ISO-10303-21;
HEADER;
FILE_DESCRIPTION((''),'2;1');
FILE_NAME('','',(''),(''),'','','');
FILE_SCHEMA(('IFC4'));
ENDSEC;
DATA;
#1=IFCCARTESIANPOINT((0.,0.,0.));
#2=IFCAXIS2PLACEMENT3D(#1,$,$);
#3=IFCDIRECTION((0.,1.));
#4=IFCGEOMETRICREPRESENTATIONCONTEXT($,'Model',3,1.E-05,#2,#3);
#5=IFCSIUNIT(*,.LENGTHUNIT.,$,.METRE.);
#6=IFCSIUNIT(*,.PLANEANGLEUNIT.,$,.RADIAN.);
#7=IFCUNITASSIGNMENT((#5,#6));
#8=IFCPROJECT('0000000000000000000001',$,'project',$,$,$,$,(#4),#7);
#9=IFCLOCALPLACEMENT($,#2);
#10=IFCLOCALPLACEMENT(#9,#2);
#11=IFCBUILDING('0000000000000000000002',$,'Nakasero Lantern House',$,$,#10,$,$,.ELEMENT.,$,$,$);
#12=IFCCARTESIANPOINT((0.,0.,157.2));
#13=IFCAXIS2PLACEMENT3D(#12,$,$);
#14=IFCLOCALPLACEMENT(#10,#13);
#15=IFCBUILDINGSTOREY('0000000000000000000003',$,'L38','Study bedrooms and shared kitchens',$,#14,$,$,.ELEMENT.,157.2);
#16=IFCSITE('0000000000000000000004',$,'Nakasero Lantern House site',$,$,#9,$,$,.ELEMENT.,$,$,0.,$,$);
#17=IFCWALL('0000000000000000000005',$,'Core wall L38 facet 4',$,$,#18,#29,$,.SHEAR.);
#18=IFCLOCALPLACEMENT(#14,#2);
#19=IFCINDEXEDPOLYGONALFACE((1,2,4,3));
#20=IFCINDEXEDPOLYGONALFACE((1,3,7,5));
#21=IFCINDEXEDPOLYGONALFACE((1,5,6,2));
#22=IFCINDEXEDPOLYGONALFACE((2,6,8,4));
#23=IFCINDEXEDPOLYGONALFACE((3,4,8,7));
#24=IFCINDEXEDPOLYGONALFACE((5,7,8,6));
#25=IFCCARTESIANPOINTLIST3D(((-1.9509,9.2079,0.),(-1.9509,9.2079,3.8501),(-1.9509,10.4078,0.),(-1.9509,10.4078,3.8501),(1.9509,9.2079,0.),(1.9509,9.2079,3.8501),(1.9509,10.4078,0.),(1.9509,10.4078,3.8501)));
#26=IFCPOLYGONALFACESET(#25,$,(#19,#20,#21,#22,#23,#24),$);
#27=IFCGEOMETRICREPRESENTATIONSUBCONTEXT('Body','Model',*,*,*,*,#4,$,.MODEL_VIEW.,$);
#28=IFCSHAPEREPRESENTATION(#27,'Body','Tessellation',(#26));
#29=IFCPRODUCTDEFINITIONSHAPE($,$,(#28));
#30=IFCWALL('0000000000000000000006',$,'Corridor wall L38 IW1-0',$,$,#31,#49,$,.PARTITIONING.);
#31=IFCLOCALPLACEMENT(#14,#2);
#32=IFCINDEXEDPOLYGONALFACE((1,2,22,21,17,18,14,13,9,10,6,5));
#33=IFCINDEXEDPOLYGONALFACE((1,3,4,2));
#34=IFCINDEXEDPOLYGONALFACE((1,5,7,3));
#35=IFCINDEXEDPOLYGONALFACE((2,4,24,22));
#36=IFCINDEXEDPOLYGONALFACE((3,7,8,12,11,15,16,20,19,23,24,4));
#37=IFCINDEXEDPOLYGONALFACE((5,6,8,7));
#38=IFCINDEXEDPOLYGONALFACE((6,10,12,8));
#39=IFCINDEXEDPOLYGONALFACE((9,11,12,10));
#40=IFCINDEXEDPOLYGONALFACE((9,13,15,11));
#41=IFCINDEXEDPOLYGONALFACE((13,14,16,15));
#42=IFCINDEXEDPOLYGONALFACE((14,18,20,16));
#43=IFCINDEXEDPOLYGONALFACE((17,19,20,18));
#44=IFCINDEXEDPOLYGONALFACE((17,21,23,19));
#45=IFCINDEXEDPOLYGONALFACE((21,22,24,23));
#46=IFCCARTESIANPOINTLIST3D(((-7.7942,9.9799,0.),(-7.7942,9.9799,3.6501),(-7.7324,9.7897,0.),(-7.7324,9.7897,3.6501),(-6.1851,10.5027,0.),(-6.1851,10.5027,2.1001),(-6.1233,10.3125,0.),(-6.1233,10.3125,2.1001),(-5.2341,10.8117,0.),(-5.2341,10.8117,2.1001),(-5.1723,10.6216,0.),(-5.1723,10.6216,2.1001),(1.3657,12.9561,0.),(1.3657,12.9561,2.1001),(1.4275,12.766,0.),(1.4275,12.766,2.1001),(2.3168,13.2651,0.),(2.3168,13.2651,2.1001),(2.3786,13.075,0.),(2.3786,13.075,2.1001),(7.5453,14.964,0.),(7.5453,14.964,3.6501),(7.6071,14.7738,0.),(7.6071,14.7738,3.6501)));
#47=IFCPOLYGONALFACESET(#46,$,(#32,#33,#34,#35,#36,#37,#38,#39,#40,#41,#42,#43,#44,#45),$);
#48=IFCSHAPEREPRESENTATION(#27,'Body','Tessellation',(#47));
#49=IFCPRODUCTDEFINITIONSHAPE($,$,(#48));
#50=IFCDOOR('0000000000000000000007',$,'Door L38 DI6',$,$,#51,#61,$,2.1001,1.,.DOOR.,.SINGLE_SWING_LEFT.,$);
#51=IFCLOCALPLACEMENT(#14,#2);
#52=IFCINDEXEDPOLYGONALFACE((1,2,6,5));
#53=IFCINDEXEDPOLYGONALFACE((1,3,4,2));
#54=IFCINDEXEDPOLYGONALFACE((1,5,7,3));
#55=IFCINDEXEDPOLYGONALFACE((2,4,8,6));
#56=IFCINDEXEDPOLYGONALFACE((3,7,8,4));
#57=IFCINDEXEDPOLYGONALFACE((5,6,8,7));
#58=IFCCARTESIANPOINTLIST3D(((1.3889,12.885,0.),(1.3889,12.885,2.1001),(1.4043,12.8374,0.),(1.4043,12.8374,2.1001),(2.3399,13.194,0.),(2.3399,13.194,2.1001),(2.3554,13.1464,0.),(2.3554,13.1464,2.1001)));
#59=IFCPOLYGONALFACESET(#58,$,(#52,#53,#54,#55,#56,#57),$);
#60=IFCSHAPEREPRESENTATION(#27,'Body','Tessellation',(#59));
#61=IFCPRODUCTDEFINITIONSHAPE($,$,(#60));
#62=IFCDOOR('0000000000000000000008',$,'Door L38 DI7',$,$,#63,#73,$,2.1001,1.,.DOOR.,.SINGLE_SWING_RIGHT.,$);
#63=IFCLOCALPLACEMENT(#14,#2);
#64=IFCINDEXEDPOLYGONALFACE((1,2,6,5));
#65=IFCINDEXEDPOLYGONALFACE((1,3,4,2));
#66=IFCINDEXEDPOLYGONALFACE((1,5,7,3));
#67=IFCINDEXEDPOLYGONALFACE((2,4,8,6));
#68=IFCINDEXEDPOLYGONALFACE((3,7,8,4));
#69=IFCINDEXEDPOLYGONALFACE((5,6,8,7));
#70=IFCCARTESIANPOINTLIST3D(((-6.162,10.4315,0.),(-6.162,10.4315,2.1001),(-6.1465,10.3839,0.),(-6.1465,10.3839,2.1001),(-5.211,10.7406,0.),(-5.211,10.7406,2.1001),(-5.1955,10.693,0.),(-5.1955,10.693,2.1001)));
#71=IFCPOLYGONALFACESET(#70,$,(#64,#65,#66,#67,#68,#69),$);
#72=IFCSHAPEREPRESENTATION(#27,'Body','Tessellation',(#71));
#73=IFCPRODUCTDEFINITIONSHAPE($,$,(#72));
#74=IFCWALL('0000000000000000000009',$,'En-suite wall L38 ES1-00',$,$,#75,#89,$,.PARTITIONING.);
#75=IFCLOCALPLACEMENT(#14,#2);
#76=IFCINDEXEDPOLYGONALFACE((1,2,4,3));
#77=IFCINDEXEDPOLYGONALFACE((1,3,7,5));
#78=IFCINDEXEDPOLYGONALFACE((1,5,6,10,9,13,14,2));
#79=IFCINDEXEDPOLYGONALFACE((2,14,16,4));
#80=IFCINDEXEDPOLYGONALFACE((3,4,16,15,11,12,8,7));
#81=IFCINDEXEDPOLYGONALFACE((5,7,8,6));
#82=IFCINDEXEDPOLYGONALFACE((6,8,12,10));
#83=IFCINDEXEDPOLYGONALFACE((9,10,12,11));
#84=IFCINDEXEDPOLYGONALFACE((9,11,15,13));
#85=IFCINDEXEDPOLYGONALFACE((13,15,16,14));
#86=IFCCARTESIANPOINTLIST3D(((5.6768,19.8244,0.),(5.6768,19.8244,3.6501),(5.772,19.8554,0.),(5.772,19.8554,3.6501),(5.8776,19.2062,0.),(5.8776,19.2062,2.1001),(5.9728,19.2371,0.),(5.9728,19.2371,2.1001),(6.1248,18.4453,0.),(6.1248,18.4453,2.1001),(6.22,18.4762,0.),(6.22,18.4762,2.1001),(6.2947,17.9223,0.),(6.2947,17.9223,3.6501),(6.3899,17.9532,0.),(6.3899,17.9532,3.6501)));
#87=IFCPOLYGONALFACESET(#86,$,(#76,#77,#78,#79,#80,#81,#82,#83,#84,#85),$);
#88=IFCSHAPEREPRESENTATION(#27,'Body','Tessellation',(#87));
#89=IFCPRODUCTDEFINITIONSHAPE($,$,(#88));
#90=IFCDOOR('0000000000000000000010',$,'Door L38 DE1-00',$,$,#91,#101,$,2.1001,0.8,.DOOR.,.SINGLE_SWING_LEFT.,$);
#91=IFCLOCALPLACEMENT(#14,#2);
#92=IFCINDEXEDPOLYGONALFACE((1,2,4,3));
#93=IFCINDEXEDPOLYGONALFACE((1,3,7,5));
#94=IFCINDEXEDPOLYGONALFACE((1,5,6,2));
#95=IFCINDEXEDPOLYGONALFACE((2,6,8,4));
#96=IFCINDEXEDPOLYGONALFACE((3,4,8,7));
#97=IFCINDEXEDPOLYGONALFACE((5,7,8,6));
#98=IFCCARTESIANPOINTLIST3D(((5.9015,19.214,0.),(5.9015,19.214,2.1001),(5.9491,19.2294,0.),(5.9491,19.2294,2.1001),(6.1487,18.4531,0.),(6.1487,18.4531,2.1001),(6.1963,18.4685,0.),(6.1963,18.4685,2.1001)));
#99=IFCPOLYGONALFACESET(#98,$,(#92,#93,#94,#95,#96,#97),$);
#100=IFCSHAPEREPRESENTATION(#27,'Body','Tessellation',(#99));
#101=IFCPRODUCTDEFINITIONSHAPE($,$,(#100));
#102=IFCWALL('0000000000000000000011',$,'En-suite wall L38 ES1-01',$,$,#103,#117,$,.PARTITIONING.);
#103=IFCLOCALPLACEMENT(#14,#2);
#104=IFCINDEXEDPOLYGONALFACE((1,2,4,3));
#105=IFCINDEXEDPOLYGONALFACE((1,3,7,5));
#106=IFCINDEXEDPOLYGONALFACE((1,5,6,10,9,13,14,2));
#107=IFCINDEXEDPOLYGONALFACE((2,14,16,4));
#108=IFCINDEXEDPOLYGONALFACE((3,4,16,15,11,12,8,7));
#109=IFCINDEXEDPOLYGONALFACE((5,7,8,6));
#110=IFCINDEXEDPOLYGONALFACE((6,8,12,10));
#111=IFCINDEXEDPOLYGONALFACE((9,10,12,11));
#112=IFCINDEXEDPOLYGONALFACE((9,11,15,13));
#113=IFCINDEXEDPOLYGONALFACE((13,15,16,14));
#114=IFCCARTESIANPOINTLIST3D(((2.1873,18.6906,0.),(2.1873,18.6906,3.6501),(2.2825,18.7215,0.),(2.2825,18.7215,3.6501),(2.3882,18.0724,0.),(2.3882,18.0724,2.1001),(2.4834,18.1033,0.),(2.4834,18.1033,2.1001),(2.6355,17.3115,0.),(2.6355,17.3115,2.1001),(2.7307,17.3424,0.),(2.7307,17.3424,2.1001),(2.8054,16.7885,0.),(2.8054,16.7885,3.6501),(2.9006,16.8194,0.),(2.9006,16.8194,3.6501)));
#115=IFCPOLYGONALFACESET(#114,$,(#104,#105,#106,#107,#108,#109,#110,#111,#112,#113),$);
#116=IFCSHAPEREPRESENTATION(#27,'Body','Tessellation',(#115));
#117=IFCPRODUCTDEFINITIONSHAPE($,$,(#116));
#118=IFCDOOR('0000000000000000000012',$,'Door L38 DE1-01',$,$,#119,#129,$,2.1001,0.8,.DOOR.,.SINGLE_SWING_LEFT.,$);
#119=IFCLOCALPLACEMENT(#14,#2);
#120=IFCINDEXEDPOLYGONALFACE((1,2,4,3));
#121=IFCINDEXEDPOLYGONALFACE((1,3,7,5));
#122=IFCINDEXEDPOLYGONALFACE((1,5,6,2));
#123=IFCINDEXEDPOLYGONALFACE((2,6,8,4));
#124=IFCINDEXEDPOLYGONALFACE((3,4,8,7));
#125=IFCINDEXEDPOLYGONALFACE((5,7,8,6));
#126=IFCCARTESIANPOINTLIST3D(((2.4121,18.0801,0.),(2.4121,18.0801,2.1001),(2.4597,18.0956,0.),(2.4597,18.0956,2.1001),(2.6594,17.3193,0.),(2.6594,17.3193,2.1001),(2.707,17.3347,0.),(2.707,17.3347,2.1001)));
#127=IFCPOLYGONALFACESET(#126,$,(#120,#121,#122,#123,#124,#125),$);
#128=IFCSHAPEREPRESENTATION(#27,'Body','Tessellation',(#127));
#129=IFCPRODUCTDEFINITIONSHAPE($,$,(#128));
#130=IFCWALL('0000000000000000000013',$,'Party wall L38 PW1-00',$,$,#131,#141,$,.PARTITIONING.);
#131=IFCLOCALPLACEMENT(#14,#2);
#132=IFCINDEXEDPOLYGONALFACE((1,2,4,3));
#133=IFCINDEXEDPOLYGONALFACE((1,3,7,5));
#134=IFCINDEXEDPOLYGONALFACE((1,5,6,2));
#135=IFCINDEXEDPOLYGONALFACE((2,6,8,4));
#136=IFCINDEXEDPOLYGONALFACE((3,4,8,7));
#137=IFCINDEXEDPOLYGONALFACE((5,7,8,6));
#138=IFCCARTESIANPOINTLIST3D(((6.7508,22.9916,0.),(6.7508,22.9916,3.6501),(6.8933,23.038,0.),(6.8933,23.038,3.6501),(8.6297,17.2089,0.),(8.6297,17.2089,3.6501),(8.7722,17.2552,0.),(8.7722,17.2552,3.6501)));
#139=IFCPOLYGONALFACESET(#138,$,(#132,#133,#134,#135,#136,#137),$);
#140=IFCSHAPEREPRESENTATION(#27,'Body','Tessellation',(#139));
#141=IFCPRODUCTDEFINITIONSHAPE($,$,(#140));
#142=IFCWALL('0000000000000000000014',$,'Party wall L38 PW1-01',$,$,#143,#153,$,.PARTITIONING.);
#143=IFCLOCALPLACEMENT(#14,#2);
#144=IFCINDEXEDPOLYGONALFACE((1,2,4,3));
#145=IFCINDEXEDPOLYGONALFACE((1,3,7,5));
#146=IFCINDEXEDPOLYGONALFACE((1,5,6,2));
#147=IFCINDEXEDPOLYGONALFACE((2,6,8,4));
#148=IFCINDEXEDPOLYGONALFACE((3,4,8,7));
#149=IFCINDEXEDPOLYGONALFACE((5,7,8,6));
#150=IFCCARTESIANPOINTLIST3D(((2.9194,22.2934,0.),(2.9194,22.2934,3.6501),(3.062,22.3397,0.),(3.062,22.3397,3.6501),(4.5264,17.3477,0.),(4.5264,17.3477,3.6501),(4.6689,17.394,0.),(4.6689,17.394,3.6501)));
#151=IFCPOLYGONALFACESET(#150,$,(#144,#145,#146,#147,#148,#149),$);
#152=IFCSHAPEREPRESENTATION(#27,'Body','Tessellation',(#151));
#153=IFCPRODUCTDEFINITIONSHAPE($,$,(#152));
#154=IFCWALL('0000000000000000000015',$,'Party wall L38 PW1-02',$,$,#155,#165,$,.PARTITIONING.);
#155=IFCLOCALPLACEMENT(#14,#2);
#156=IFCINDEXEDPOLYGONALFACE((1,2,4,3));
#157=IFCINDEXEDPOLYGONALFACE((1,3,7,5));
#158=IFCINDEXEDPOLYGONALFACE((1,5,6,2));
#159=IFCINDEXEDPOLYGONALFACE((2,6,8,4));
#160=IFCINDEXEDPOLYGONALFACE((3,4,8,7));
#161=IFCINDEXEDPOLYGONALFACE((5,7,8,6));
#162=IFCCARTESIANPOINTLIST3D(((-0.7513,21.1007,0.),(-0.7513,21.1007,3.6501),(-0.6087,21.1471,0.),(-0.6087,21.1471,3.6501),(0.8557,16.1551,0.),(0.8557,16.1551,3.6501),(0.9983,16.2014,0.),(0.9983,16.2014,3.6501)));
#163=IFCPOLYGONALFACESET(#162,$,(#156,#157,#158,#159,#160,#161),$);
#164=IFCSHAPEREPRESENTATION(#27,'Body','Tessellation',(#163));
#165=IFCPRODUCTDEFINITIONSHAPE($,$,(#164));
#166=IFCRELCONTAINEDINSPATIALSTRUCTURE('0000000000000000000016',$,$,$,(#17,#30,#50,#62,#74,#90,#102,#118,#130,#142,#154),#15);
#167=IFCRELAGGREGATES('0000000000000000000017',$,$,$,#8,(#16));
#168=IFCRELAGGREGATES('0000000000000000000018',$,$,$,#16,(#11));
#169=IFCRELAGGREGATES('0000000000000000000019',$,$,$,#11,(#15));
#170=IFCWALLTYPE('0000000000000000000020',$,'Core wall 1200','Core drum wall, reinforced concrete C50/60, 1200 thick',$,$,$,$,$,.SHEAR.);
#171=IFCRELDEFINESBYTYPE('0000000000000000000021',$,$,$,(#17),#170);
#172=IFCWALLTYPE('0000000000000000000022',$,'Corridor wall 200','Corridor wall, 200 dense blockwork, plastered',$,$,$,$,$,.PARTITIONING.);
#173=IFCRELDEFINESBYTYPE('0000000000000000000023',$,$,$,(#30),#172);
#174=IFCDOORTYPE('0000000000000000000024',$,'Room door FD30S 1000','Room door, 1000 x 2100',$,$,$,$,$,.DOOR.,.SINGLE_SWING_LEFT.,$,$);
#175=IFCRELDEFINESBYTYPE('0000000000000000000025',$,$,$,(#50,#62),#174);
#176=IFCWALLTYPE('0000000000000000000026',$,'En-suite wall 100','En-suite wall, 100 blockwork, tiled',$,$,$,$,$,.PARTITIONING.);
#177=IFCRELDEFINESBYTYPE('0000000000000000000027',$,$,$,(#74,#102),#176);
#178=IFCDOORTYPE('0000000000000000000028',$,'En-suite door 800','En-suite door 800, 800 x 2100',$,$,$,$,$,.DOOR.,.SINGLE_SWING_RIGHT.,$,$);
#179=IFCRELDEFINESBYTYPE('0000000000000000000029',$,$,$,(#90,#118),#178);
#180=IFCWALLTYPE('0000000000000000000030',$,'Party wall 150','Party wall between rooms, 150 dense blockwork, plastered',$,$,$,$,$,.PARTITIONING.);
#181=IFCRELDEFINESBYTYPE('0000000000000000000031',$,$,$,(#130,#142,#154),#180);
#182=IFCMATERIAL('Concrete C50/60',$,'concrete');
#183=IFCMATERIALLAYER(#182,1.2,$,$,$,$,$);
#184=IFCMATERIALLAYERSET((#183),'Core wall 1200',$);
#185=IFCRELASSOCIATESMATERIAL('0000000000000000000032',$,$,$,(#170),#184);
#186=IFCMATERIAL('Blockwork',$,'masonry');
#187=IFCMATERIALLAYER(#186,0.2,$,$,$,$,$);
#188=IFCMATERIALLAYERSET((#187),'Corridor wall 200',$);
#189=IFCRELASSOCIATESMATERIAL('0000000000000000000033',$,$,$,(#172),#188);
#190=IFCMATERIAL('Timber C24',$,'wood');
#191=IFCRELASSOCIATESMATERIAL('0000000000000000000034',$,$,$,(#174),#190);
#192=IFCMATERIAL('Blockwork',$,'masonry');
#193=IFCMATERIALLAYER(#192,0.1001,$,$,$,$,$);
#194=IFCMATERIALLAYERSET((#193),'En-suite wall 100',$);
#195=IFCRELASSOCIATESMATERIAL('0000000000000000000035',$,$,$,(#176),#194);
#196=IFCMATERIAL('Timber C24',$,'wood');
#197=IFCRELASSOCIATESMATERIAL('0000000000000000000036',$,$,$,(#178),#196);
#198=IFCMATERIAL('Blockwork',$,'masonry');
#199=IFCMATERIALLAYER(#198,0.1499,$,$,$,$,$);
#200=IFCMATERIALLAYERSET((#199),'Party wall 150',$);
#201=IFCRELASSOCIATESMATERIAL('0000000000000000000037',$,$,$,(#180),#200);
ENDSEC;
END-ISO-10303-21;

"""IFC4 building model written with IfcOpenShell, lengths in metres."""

from ifc_helpers import new_model, si_unit, direction, frame, frame_2d, origin, place, context, subcontext, project, spatial, rectangle, extrude, material, layer, layer_set, type_object, element, fill, save


model = new_model("IFC4")

# Units and contexts
model_context = context("Model", 3, precision=1e-05, world=origin(), true_north=direction((0.0, 1.0)))
body_context = subcontext(model_context, "Body", "Model", "MODEL_VIEW")
ifc_project = project(units=[si_unit("LENGTHUNIT", "METRE"), si_unit("PLANEANGLEUNIT", "RADIAN")], contexts=[model_context])

# Site, building, storey
site_placement = place(None, origin())
site = spatial("IfcSite", under=ifc_project, at=site_placement, Name="Nakasero Lantern House site", CompositionType="ELEMENT", RefElevation=0.0)
building_placement = place(site_placement, origin())
building = spatial("IfcBuilding", under=site, at=building_placement, Name="Nakasero Lantern House", CompositionType="ELEMENT")
storey_placement = place(building_placement, frame((0.0, 0.0, 157.2)))
storey = spatial("IfcBuildingStorey", under=building, at=storey_placement, Name="L38", Description="Study bedrooms and shared kitchens", CompositionType="ELEMENT", Elevation=157.2)

# Wall
ifc_material_1 = material(Name="Concrete C50/60", Category="concrete")
ifc_layer_1 = layer(ifc_material_1, 1.2)
ifc_layer_set_1 = layer_set([ifc_layer_1], Name="Core wall 1200")
wall_type_1 = type_object("IfcWallType", Name="Core wall 1200", Description="Core drum wall, reinforced concrete C50/60, 1200 thick", PredefinedType="SHEAR", material=ifc_layer_set_1)
wall_1_placement = place(storey_placement, frame((1.9509, 9.8079, 0.0), z_axis=(0.0, 0.0, 1.0), x_axis=(-1.0, 0.0, 0.0)))
element("IfcWall", 1, at=wall_1_placement, inside=storey, type_object=wall_type_1, Name="Core wall L38 facet 4", PredefinedType="SHEAR", context=body_context, shape_type="SweptSolid", body=[
    extrude(rectangle(XDim=3.9019, YDim=1.2, at=frame_2d((1.9509, 0.0))), origin(), (0.0, 0.0, 1.0), 3.8501),
])

# Wall, openings, doors
ifc_material_2 = material(Name="Blockwork", Category="masonry")
ifc_layer_2 = layer(ifc_material_2, 0.2)
ifc_layer_set_2 = layer_set([ifc_layer_2], Name="Corridor wall 200")
wall_type_2 = type_object("IfcWallType", Name="Corridor wall 200", Description="Corridor wall, 200 dense blockwork, plastered", PredefinedType="PARTITIONING", material=ifc_layer_set_2)
wall_2_placement = place(storey_placement, frame((7.5762, 14.8689, 0.0), z_axis=(0.0, 0.0, 1.0), x_axis=(-0.951057, -0.309017, 0.0)))
wall_2 = element("IfcWall", 2, at=wall_2_placement, inside=storey, type_object=wall_type_2, Name="Corridor wall L38 IW1-0", PredefinedType="PARTITIONING", context=body_context, shape_type="SweptSolid", body=[
    extrude(rectangle(XDim=16.1289, YDim=0.2, at=frame_2d((8.0645, 0.0))), origin(), (0.0, 0.0, 1.0), 3.6501),
])
opening_1_placement = place(wall_2_placement, frame((5.4976, 0.0, 0.0)))
opening_1 = element("IfcOpeningElement", 3, at=opening_1_placement, cuts=wall_2, PredefinedType="OPENING", context=body_context, shape_type="SweptSolid", body=[
    extrude(rectangle(XDim=1.0, YDim=2.1001, at=frame_2d((0.5, 1.05))), frame((0.0, 0.1199, 0.0), z_axis=(0.0, -1.0, 0.0), x_axis=(1.0, 0.0, 0.0)), (0.0, 0.0, 1.0), 0.24),
])
opening_2_placement = place(wall_2_placement, frame((13.437, 0.0, 0.0)))
opening_2 = element("IfcOpeningElement", 4, at=opening_2_placement, cuts=wall_2, PredefinedType="OPENING", context=body_context, shape_type="SweptSolid", body=[
    extrude(rectangle(XDim=1.0, YDim=2.1001, at=frame_2d((0.5, 1.05))), frame((0.0, 0.1199, 0.0), z_axis=(0.0, -1.0, 0.0), x_axis=(1.0, 0.0, 0.0)), (0.0, 0.0, 1.0), 0.24),
])
ifc_material_3 = material(Name="Timber C24", Category="wood")
door_type_1 = type_object("IfcDoorType", Name="Room door FD30S 1000", Description="Room door, 1000 x 2100", OperationType="SINGLE_SWING_LEFT", PredefinedType="DOOR", material=ifc_material_3)
door_1_placement = place(opening_1_placement, origin())
door_1 = element("IfcDoor", 5, at=door_1_placement, inside=storey, type_object=door_type_1, Name="Door L38 DI6", OperationType="SINGLE_SWING_LEFT", OverallHeight=2.1001, OverallWidth=1.0, PredefinedType="DOOR", context=body_context, shape_type="SweptSolid", body=[
    extrude(rectangle(XDim=1.0, YDim=2.1001, at=frame_2d((0.5, 1.05))), frame((0.0, 0.0249, 0.0), z_axis=(0.0, -1.0, 0.0), x_axis=(1.0, 0.0, 0.0)), (0.0, 0.0, 1.0), 0.05),
])
fill(opening_1, door_1)
door_2_placement = place(opening_2_placement, origin())
door_2 = element("IfcDoor", 6, at=door_2_placement, inside=storey, type_object=door_type_1, Name="Door L38 DI7", OperationType="SINGLE_SWING_RIGHT", OverallHeight=2.1001, OverallWidth=1.0, PredefinedType="DOOR", context=body_context, shape_type="SweptSolid", body=[
    extrude(rectangle(XDim=1.0, YDim=2.1001, at=frame_2d((0.5, 1.05))), frame((0.0, 0.0249, 0.0), z_axis=(0.0, -1.0, 0.0), x_axis=(1.0, 0.0, 0.0)), (0.0, 0.0, 1.0), 0.05),
])
fill(opening_2, door_2)

# Walls, openings, doors
ifc_material_4 = material(Name="Blockwork", Category="masonry")
ifc_layer_3 = layer(ifc_material_4, 0.1001)
ifc_layer_set_3 = layer_set([ifc_layer_3], Name="En-suite wall 100")
wall_type_3 = type_object("IfcWallType", Name="En-suite wall 100", Description="En-suite wall, 100 blockwork, tiled", PredefinedType="PARTITIONING", material=ifc_layer_set_3)
wall_3_placement = place(storey_placement, frame((6.3423, 17.9377, 0.0), z_axis=(0.0, 0.0, 1.0), x_axis=(-0.308967, 0.951073, 0.0)))
wall_3 = element("IfcWall", 7, at=wall_3_placement, inside=storey, type_object=wall_type_3, Name="En-suite wall L38 ES1-00", PredefinedType="PARTITIONING", context=body_context, shape_type="SweptSolid", body=[
    extrude(rectangle(XDim=2.0, YDim=0.1001, at=frame_2d((1.0, 0.0))), origin(), (0.0, 0.0, 1.0), 3.6501),
])
opening_3_placement = place(wall_3_placement, frame((0.55, 0.0, 0.0)))
opening_3 = element("IfcOpeningElement", 8, at=opening_3_placement, cuts=wall_3, PredefinedType="OPENING", context=body_context, shape_type="SweptSolid", body=[
    extrude(rectangle(XDim=0.8, YDim=2.1001, at=frame_2d((0.3999, 1.05))), frame((0.0, 0.0701, 0.0), z_axis=(0.0, -1.0, 0.0), x_axis=(1.0, 0.0, 0.0)), (0.0, 0.0, 1.0), 0.1401),
])
ifc_material_5 = material(Name="Timber C24", Category="wood")
door_type_2 = type_object("IfcDoorType", Name="En-suite door 800", Description="En-suite door 800, 800 x 2100", OperationType="SINGLE_SWING_RIGHT", PredefinedType="DOOR", material=ifc_material_5)
door_3_placement = place(opening_3_placement, origin())
door_3 = element("IfcDoor", 9, at=door_3_placement, inside=storey, type_object=door_type_2, Name="Door L38 DE1-00", OperationType="SINGLE_SWING_LEFT", OverallHeight=2.1001, OverallWidth=0.8, PredefinedType="DOOR", context=body_context, shape_type="SweptSolid", body=[
    extrude(rectangle(XDim=0.8, YDim=2.1001, at=frame_2d((0.3999, 1.05))), frame((0.0, 0.0249, 0.0), z_axis=(0.0, -1.0, 0.0), x_axis=(1.0, 0.0, 0.0)), (0.0, 0.0, 1.0), 0.05),
])
fill(opening_3, door_3)
wall_4_placement = place(storey_placement, frame((2.853, 16.804, 0.0), z_axis=(0.0, 0.0, 1.0), x_axis=(-0.309078, 0.951037, 0.0)))
wall_4 = element("IfcWall", 10, at=wall_4_placement, inside=storey, type_object=wall_type_3, Name="En-suite wall L38 ES1-01", PredefinedType="PARTITIONING", context=body_context, shape_type="SweptSolid", body=[
    extrude(rectangle(XDim=2.0, YDim=0.1001, at=frame_2d((1.0, 0.0))), origin(), (0.0, 0.0, 1.0), 3.6501),
])
opening_4_placement = place(wall_4_placement, frame((0.55, 0.0, 0.0)))
opening_4 = element("IfcOpeningElement", 11, at=opening_4_placement, cuts=wall_4, PredefinedType="OPENING", context=body_context, shape_type="SweptSolid", body=[
    extrude(rectangle(XDim=0.8, YDim=2.1001, at=frame_2d((0.3999, 1.05))), frame((0.0, 0.0701, 0.0), z_axis=(0.0, -1.0, 0.0), x_axis=(1.0, 0.0, 0.0)), (0.0, 0.0, 1.0), 0.1401),
])
door_4_placement = place(opening_4_placement, origin())
door_4 = element("IfcDoor", 12, at=door_4_placement, inside=storey, type_object=door_type_2, Name="Door L38 DE1-01", OperationType="SINGLE_SWING_LEFT", OverallHeight=2.1001, OverallWidth=0.8, PredefinedType="DOOR", context=body_context, shape_type="SweptSolid", body=[
    extrude(rectangle(XDim=0.8, YDim=2.1001, at=frame_2d((0.3999, 1.05))), frame((0.0, 0.0249, 0.0), z_axis=(0.0, -1.0, 0.0), x_axis=(1.0, 0.0, 0.0)), (0.0, 0.0, 1.0), 0.05),
])
fill(opening_4, door_4)

# Walls
ifc_material_6 = material(Name="Blockwork", Category="masonry")
ifc_layer_4 = layer(ifc_material_6, 0.1499)
ifc_layer_set_4 = layer_set([ifc_layer_4], Name="Party wall 150")
wall_type_4 = type_object("IfcWallType", Name="Party wall 150", Description="Party wall between rooms, 150 dense blockwork, plastered", PredefinedType="PARTITIONING", material=ifc_layer_set_4)
wall_5_placement = place(storey_placement, frame((8.7009, 17.2322, 0.0), z_axis=(0.0, 0.0, 1.0), x_axis=(-0.309015, 0.951057, 0.0)))
element("IfcWall", 13, at=wall_5_placement, inside=storey, type_object=wall_type_4, Name="Party wall L38 PW1-00", PredefinedType="PARTITIONING", context=body_context, shape_type="SweptSolid", body=[
    extrude(rectangle(XDim=6.0803, YDim=0.1499, at=frame_2d((3.04, 0.0))), origin(), (0.0, 0.0, 1.0), 3.6501),
])
for number, where, z_axis, x_axis, name in (
    (14, (4.5977, 17.3708, 0.0), (0.0, 0.0, 1.0), (-0.309021, 0.951055, 0.0), "Party wall L38 PW1-01"),
    (15, (0.927, 16.1782, 0.0), (0.0, 0.0, 1.0), (-0.309021, 0.951055, 0.0), "Party wall L38 PW1-02"),
):
    element("IfcWall", number, at=place(storey_placement, frame(where, z_axis=z_axis, x_axis=x_axis)), inside=storey, type_object=wall_type_4, Name=name, PredefinedType="PARTITIONING", context=body_context, shape_type="SweptSolid", body=[
        extrude(rectangle(XDim=5.2002, YDim=0.1499, at=frame_2d((2.6001, 0.0))), origin(), (0.0, 0.0, 1.0), 3.6501),
    ])

save(model, "model.ifc")
